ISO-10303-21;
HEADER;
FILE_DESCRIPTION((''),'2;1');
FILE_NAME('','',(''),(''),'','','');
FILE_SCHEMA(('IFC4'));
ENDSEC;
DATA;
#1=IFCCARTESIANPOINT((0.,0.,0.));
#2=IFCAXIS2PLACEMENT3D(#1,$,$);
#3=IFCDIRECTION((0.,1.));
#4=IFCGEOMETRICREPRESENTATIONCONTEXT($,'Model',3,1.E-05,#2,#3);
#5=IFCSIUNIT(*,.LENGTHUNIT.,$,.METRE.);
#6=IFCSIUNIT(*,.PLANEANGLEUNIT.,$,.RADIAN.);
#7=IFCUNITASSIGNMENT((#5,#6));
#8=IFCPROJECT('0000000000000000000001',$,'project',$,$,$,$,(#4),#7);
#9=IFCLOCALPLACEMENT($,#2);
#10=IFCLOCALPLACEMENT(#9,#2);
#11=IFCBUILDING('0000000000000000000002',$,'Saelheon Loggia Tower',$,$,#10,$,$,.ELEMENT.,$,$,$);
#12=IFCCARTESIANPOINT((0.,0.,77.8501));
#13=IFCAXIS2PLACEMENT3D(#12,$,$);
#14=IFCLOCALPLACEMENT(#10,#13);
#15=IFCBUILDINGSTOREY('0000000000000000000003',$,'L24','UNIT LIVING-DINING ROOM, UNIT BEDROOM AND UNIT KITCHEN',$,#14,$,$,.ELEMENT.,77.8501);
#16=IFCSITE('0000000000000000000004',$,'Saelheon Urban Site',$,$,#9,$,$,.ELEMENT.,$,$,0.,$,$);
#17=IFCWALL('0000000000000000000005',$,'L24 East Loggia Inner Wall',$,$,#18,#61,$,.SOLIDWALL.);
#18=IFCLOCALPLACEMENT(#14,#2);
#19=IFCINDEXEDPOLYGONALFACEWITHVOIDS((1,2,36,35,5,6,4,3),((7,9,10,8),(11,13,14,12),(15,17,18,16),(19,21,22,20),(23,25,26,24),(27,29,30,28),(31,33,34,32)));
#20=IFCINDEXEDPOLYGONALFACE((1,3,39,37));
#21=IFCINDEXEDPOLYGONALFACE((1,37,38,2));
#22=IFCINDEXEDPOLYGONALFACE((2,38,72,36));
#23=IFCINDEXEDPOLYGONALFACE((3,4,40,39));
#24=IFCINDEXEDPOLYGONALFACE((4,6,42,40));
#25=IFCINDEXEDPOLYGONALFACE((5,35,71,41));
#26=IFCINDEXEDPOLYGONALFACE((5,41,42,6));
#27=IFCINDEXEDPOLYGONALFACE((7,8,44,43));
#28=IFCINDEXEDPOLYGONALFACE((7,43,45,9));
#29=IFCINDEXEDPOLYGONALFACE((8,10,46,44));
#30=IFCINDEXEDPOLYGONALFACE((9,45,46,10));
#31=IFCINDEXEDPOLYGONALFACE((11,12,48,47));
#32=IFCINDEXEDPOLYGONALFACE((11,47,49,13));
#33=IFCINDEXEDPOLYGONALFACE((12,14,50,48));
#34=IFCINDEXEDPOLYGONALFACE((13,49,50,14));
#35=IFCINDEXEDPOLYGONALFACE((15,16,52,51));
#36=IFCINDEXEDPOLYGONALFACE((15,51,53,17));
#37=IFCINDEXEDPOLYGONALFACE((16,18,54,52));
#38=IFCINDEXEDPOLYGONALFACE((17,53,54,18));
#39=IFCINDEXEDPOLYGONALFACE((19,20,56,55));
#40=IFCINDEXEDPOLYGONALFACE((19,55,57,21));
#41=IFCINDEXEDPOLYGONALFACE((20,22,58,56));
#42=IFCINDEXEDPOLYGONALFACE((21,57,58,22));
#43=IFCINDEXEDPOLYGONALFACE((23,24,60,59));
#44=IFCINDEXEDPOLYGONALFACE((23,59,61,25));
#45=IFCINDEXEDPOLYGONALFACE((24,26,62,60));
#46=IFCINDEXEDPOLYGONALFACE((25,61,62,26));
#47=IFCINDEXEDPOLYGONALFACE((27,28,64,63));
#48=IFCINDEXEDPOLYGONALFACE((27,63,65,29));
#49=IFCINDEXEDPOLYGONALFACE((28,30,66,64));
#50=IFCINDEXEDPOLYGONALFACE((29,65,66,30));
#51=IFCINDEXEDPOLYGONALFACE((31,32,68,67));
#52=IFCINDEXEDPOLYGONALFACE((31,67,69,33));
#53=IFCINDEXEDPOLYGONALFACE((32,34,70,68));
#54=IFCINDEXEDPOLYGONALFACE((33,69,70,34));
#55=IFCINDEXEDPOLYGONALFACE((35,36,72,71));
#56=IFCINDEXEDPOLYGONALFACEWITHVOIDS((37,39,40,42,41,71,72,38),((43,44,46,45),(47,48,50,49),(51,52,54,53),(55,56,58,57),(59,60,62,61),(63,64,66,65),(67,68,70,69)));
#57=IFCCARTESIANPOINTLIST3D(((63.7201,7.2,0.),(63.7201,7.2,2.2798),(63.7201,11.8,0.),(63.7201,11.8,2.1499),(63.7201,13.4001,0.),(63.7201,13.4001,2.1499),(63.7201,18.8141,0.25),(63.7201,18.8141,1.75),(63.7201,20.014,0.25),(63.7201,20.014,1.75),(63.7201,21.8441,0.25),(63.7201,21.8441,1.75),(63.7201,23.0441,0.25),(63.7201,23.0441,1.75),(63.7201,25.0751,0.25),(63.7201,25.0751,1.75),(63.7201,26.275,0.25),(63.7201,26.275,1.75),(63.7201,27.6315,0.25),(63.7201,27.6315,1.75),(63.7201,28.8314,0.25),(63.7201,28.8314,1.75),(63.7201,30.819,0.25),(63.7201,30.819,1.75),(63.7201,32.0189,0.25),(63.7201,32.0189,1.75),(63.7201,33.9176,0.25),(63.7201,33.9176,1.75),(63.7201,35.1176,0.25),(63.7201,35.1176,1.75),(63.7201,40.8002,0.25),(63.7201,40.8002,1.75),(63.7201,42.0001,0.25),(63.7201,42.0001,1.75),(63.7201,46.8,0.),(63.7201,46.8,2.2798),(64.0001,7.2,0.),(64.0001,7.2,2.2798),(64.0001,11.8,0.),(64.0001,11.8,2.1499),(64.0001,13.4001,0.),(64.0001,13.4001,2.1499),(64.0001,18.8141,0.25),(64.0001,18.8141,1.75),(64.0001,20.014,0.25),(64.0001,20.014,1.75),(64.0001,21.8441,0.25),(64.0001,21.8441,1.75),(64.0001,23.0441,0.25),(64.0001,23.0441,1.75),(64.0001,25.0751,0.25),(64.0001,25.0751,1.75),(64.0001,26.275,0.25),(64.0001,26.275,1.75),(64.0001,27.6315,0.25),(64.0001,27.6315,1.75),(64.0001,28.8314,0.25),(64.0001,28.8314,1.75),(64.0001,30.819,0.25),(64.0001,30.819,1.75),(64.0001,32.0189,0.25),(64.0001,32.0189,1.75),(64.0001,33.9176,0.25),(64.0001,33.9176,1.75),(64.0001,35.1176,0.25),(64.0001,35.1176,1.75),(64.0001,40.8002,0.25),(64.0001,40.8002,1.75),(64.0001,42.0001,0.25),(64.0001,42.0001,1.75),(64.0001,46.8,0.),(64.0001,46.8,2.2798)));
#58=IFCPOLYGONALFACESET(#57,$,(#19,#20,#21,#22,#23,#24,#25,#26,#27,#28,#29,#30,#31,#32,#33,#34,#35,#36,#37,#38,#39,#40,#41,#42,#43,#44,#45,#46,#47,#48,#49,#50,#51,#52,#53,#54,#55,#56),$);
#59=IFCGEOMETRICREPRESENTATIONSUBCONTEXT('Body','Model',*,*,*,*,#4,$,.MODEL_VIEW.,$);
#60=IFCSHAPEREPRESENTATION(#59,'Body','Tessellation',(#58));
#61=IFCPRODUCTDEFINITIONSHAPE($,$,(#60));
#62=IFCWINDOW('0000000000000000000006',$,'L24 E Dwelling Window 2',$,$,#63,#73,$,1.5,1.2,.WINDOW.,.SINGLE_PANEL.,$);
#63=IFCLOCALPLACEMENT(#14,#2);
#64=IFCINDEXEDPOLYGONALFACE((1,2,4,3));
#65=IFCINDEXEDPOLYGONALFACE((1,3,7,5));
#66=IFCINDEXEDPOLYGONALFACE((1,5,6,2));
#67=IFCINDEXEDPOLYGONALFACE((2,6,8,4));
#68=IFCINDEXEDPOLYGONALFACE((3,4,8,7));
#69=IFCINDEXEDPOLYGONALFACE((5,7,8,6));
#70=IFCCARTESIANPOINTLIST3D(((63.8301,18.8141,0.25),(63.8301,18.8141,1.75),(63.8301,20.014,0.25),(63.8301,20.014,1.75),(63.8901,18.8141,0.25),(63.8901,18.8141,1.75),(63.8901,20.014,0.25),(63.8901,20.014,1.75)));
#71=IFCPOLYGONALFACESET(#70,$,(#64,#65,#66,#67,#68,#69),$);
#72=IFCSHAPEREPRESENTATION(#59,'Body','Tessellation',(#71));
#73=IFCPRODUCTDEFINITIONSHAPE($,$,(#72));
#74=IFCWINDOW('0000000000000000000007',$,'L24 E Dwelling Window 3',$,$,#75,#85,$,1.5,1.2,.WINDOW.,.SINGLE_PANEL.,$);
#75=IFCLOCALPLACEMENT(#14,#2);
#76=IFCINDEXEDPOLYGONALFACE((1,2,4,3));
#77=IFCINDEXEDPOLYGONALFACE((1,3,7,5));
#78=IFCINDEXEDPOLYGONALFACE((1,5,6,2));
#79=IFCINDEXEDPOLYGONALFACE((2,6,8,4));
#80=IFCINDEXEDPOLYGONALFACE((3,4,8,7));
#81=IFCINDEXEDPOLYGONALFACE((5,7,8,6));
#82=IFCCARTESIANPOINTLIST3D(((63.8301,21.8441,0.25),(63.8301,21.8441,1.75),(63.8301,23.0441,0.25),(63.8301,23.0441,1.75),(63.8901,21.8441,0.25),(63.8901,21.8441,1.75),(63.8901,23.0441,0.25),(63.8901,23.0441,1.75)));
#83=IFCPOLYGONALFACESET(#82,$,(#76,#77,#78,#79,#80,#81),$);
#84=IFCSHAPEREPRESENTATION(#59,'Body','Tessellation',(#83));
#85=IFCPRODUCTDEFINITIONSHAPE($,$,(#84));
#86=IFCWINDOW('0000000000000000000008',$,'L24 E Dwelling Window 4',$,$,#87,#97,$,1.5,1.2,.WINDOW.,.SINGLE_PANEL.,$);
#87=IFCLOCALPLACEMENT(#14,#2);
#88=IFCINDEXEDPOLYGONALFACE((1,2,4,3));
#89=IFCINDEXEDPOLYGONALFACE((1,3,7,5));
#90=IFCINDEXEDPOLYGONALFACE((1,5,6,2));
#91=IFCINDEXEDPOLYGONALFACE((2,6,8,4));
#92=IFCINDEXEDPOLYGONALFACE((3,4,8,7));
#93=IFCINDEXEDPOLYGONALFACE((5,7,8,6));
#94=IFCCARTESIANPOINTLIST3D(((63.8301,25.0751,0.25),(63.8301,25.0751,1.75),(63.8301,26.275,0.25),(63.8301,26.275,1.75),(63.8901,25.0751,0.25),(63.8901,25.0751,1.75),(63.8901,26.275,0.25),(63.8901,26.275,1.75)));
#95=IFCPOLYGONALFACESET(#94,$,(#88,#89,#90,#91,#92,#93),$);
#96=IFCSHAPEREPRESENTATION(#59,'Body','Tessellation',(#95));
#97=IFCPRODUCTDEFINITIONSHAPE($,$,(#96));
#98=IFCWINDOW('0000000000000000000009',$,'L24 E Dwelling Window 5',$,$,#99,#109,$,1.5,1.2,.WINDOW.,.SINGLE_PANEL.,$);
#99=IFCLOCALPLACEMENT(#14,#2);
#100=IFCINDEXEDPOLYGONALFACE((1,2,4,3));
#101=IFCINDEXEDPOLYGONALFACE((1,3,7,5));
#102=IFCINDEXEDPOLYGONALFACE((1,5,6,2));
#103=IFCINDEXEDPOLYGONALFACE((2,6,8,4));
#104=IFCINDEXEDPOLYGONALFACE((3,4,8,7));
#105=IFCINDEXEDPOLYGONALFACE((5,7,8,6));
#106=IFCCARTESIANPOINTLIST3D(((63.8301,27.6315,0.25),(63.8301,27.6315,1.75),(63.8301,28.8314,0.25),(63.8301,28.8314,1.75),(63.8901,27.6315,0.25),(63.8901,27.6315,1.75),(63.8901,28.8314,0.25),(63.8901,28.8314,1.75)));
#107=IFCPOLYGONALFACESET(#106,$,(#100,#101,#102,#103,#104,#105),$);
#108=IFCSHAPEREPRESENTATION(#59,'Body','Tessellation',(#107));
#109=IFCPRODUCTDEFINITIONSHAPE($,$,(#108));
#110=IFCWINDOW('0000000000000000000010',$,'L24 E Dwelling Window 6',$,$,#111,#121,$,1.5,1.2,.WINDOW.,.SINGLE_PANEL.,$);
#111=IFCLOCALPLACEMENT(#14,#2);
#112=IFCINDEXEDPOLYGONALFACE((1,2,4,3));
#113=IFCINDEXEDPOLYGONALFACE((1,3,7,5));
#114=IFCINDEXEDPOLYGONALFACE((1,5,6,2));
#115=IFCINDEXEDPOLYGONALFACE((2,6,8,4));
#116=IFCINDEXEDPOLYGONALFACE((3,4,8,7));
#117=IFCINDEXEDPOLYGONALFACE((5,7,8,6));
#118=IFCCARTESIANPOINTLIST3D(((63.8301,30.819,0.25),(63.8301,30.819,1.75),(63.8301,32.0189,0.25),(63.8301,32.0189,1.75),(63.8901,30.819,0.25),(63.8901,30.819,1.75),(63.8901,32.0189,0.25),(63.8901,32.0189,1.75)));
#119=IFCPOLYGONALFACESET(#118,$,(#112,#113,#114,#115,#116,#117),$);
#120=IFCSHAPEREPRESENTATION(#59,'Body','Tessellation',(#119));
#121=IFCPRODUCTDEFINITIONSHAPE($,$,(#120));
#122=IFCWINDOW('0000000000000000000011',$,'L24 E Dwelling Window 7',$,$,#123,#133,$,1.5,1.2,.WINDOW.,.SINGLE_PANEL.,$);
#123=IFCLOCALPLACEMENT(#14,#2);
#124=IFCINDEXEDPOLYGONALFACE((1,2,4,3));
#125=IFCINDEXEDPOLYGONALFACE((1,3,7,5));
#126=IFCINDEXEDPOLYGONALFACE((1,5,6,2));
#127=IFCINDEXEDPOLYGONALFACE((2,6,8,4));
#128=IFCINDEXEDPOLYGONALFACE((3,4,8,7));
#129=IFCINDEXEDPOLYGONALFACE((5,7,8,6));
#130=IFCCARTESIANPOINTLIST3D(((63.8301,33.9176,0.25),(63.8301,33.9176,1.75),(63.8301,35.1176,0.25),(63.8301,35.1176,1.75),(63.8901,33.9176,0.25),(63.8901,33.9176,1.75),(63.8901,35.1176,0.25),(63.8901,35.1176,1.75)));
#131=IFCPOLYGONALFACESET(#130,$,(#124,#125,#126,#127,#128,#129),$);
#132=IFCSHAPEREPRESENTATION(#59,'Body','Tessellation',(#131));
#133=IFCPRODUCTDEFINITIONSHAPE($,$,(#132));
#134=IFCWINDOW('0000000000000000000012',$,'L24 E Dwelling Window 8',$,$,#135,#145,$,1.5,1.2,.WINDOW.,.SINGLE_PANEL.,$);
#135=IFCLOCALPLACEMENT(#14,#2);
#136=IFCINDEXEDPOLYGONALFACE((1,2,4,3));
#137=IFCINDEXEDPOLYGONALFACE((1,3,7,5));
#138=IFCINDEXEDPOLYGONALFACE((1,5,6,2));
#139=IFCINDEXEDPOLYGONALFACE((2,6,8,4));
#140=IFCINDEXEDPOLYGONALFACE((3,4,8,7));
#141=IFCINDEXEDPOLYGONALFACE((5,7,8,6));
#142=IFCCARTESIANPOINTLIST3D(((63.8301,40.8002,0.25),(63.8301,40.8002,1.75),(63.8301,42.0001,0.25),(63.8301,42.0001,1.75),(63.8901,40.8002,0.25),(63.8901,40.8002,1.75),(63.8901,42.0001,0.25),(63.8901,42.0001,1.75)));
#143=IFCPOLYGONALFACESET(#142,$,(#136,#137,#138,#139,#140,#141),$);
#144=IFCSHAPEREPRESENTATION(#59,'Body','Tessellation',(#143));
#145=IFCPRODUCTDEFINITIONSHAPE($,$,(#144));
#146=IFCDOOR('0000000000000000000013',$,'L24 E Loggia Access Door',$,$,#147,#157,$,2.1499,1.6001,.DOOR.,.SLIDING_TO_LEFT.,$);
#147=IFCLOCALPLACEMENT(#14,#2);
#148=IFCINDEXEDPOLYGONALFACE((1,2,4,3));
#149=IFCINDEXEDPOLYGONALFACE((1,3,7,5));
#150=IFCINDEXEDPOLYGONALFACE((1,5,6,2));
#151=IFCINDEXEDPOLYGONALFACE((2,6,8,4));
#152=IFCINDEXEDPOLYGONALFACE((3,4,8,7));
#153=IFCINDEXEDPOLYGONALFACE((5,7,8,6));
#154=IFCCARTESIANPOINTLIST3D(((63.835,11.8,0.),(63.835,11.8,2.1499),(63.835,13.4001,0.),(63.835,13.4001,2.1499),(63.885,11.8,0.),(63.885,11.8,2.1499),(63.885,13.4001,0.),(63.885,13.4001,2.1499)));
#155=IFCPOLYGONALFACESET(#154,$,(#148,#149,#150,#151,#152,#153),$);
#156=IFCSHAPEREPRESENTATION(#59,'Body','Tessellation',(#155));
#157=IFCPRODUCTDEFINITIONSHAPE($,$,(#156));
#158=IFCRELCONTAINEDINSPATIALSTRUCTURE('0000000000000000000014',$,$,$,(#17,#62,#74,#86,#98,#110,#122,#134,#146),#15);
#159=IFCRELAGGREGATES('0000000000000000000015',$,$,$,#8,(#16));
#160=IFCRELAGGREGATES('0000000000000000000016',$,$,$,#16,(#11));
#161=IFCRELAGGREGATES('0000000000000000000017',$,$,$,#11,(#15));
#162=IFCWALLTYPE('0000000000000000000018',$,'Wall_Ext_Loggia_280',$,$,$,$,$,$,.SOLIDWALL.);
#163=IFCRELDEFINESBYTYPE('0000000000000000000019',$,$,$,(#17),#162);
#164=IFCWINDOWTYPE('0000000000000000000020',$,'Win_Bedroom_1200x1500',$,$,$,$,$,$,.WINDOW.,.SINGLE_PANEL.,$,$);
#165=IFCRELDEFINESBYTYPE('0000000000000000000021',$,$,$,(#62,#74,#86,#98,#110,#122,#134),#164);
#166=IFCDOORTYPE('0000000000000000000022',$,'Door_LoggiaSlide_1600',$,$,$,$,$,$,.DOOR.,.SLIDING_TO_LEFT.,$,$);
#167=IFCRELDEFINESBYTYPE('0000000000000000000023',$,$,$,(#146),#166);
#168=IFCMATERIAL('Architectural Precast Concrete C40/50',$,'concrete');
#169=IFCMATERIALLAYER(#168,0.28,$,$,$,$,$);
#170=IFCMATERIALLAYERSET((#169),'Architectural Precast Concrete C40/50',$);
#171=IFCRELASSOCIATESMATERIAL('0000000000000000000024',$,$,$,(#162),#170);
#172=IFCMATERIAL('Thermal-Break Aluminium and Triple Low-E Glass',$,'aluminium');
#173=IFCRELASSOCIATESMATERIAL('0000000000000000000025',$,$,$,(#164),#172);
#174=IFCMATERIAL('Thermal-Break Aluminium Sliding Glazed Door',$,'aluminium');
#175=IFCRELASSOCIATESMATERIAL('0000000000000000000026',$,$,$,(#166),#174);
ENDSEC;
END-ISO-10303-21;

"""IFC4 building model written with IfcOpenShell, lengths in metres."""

from ifc_helpers import new_model, si_unit, direction, frame, frame_2d, origin, place, context, subcontext, project, spatial, rectangle, extrude, source, transform, mapped, material, layer, layer_set, type_object, element, fill, save


model = new_model("IFC4")

# Units and contexts
model_context = context("Model", 3, precision=1e-05, world=origin(), true_north=direction((0.0, 1.0)))
body_context = subcontext(model_context, "Body", "Model", "MODEL_VIEW")
ifc_project = project(units=[si_unit("LENGTHUNIT", "METRE"), si_unit("PLANEANGLEUNIT", "RADIAN")], contexts=[model_context])

# Site, building, storey
site_placement = place(None, origin())
site = spatial("IfcSite", under=ifc_project, at=site_placement, Name="Saelheon Urban Site", CompositionType="ELEMENT", RefElevation=0.0)
building_placement = place(site_placement, origin())
building = spatial("IfcBuilding", under=site, at=building_placement, Name="Saelheon Loggia Tower", CompositionType="ELEMENT")
storey_placement = place(building_placement, frame((0.0, 0.0, 77.8501)))
storey = spatial("IfcBuildingStorey", under=building, at=storey_placement, Name="L24", Description="UNIT LIVING-DINING ROOM, UNIT BEDROOM AND UNIT KITCHEN", CompositionType="ELEMENT", Elevation=77.8501)

# Wall, openings, windows, door
ifc_material_1 = material(Name="Architectural Precast Concrete C40/50", Category="concrete")
ifc_layer = layer(ifc_material_1, 0.28)
ifc_layer_set = layer_set([ifc_layer], Name="Architectural Precast Concrete C40/50")
wall_type = type_object("IfcWallType", Name="Wall_Ext_Loggia_280", PredefinedType="SOLIDWALL", material=ifc_layer_set)
wall_placement = place(storey_placement, frame((63.8601, 7.2, 0.0), z_axis=(0.0, 0.0, 1.0), x_axis=(0.0, 1.0, 0.0)))
wall = element("IfcWall", 1, at=wall_placement, inside=storey, type_object=wall_type, Name="L24 East Loggia Inner Wall", PredefinedType="SOLIDWALL", context=body_context, shape_type="SweptSolid", body=[
    extrude(rectangle(XDim=39.6001, YDim=0.28, at=frame_2d((19.8, 0.0))), origin(), (0.0, 0.0, 1.0), 2.2798),
])
opening_1_placement = place(wall_placement, frame((6.2002, 0.0, 0.0), z_axis=(0.0, 0.0, 1.0), x_axis=(-1.0, 0.0, 0.0)))
opening_1 = element("IfcOpeningElement", 2, at=opening_1_placement, cuts=wall, PredefinedType="OPENING", context=body_context, shape_type="SweptSolid", body=[
    extrude(rectangle(XDim=1.6001, YDim=2.1499, at=frame_2d((0.8, 1.075))), frame((0.0, 0.1521, 0.0), z_axis=(0.0, -1.0, 0.0), x_axis=(1.0, 0.0, 0.0)), (0.0, 0.0, 1.0), 0.304),
])
opening_2_placement = place(wall_placement, frame((11.614, 0.0, 0.25)))
opening_2 = element("IfcOpeningElement", 3, at=opening_2_placement, cuts=wall, PredefinedType="OPENING", context=body_context, shape_type="SweptSolid", body=[
    extrude(rectangle(XDim=1.2, YDim=1.5, at=frame_2d((0.6001, 0.75))), frame((0.0, 0.1521, 0.0), z_axis=(0.0, -1.0, 0.0), x_axis=(1.0, 0.0, 0.0)), (0.0, 0.0, 1.0), 0.304),
])
opening_3_placement = place(wall_placement, frame((14.644, 0.0, 0.25)))
opening_3 = element("IfcOpeningElement", 4, at=opening_3_placement, cuts=wall, PredefinedType="OPENING", context=body_context, shape_type="SweptSolid", body=[
    extrude(rectangle(XDim=1.2, YDim=1.5, at=frame_2d((0.6001, 0.75))), frame((0.0, 0.1521, 0.0), z_axis=(0.0, -1.0, 0.0), x_axis=(1.0, 0.0, 0.0)), (0.0, 0.0, 1.0), 0.304),
])
opening_4_placement = place(wall_placement, frame((17.875, 0.0, 0.25)))
opening_4 = element("IfcOpeningElement", 5, at=opening_4_placement, cuts=wall, PredefinedType="OPENING", context=body_context, shape_type="SweptSolid", body=[
    extrude(rectangle(XDim=1.2, YDim=1.5, at=frame_2d((0.6001, 0.75))), frame((0.0, 0.1521, 0.0), z_axis=(0.0, -1.0, 0.0), x_axis=(1.0, 0.0, 0.0)), (0.0, 0.0, 1.0), 0.304),
])
opening_5_placement = place(wall_placement, frame((20.4314, 0.0, 0.25)))
opening_5 = element("IfcOpeningElement", 6, at=opening_5_placement, cuts=wall, PredefinedType="OPENING", context=body_context, shape_type="SweptSolid", body=[
    extrude(rectangle(XDim=1.2, YDim=1.5, at=frame_2d((0.6001, 0.75))), frame((0.0, 0.1521, 0.0), z_axis=(0.0, -1.0, 0.0), x_axis=(1.0, 0.0, 0.0)), (0.0, 0.0, 1.0), 0.304),
])
opening_6_placement = place(wall_placement, frame((23.6189, 0.0, 0.25)))
opening_6 = element("IfcOpeningElement", 7, at=opening_6_placement, cuts=wall, PredefinedType="OPENING", context=body_context, shape_type="SweptSolid", body=[
    extrude(rectangle(XDim=1.2, YDim=1.5, at=frame_2d((0.6001, 0.75))), frame((0.0, 0.1521, 0.0), z_axis=(0.0, -1.0, 0.0), x_axis=(1.0, 0.0, 0.0)), (0.0, 0.0, 1.0), 0.304),
])
opening_7_placement = place(wall_placement, frame((26.7175, 0.0, 0.25)))
opening_7 = element("IfcOpeningElement", 8, at=opening_7_placement, cuts=wall, PredefinedType="OPENING", context=body_context, shape_type="SweptSolid", body=[
    extrude(rectangle(XDim=1.2, YDim=1.5, at=frame_2d((0.6001, 0.75))), frame((0.0, 0.1521, 0.0), z_axis=(0.0, -1.0, 0.0), x_axis=(1.0, 0.0, 0.0)), (0.0, 0.0, 1.0), 0.304),
])
opening_8_placement = place(wall_placement, frame((33.6001, 0.0, 0.25)))
opening_8 = element("IfcOpeningElement", 9, at=opening_8_placement, cuts=wall, PredefinedType="OPENING", context=body_context, shape_type="SweptSolid", body=[
    extrude(rectangle(XDim=1.2, YDim=1.5, at=frame_2d((0.6001, 0.75))), frame((0.0, 0.1521, 0.0), z_axis=(0.0, -1.0, 0.0), x_axis=(1.0, 0.0, 0.0)), (0.0, 0.0, 1.0), 0.304),
])
ifc_material_2 = material(Name="Thermal-Break Aluminium and Triple Low-E Glass", Category="aluminium")
window_type = type_object("IfcWindowType", Name="Win_Bedroom_1200x1500", PartitioningType="SINGLE_PANEL", PredefinedType="WINDOW", material=ifc_material_2)
shared_shape_1 = source(origin(), body_context, "Body", "SweptSolid", [
    extrude(rectangle(XDim=1.2, YDim=1.5, at=frame_2d((0.6001, 0.75))), frame((0.0, 0.03, 0.0), z_axis=(0.0, -1.0, 0.0), x_axis=(1.0, 0.0, 0.0)), (0.0, 0.0, 1.0), 0.0601),
])
window_1_placement = place(opening_2_placement, origin())
window_1 = element("IfcWindow", 10, at=window_1_placement, inside=storey, type_object=window_type, Name="L24 E Dwelling Window 2", OverallHeight=1.5, OverallWidth=1.2, PartitioningType="SINGLE_PANEL", PredefinedType="WINDOW", context=body_context, shape_type="MappedRepresentation", body=[
    mapped(shared_shape_1, transform((0.0, 0.0, 0.0), scale=1.0)),
])
fill(opening_2, window_1)
window_2_placement = place(opening_3_placement, origin())
window_2 = element("IfcWindow", 11, at=window_2_placement, inside=storey, type_object=window_type, Name="L24 E Dwelling Window 3", OverallHeight=1.5, OverallWidth=1.2, PartitioningType="SINGLE_PANEL", PredefinedType="WINDOW", context=body_context, shape_type="MappedRepresentation", body=[
    mapped(shared_shape_1, transform((0.0, 0.0, 0.0), scale=1.0)),
])
fill(opening_3, window_2)
window_3_placement = place(opening_4_placement, origin())
window_3 = element("IfcWindow", 12, at=window_3_placement, inside=storey, type_object=window_type, Name="L24 E Dwelling Window 4", OverallHeight=1.5, OverallWidth=1.2, PartitioningType="SINGLE_PANEL", PredefinedType="WINDOW", context=body_context, shape_type="MappedRepresentation", body=[
    mapped(shared_shape_1, transform((0.0, 0.0, 0.0), scale=1.0)),
])
fill(opening_4, window_3)
window_4_placement = place(opening_5_placement, origin())
window_4 = element("IfcWindow", 13, at=window_4_placement, inside=storey, type_object=window_type, Name="L24 E Dwelling Window 5", OverallHeight=1.5, OverallWidth=1.2, PartitioningType="SINGLE_PANEL", PredefinedType="WINDOW", context=body_context, shape_type="MappedRepresentation", body=[
    mapped(shared_shape_1, transform((0.0, 0.0, 0.0), scale=1.0)),
])
fill(opening_5, window_4)
window_5_placement = place(opening_6_placement, origin())
window_5 = element("IfcWindow", 14, at=window_5_placement, inside=storey, type_object=window_type, Name="L24 E Dwelling Window 6", OverallHeight=1.5, OverallWidth=1.2, PartitioningType="SINGLE_PANEL", PredefinedType="WINDOW", context=body_context, shape_type="MappedRepresentation", body=[
    mapped(shared_shape_1, transform((0.0, 0.0, 0.0), scale=1.0)),
])
fill(opening_6, window_5)
window_6_placement = place(opening_7_placement, origin())
window_6 = element("IfcWindow", 15, at=window_6_placement, inside=storey, type_object=window_type, Name="L24 E Dwelling Window 7", OverallHeight=1.5, OverallWidth=1.2, PartitioningType="SINGLE_PANEL", PredefinedType="WINDOW", context=body_context, shape_type="MappedRepresentation", body=[
    mapped(shared_shape_1, transform((0.0, 0.0, 0.0), scale=1.0)),
])
fill(opening_7, window_6)
window_7_placement = place(opening_8_placement, origin())
window_7 = element("IfcWindow", 16, at=window_7_placement, inside=storey, type_object=window_type, Name="L24 E Dwelling Window 8", OverallHeight=1.5, OverallWidth=1.2, PartitioningType="SINGLE_PANEL", PredefinedType="WINDOW", context=body_context, shape_type="MappedRepresentation", body=[
    mapped(shared_shape_1, transform((0.0, 0.0, 0.0), scale=1.0)),
])
fill(opening_8, window_7)
ifc_material_3 = material(Name="Thermal-Break Aluminium Sliding Glazed Door", Category="aluminium")
door_type = type_object("IfcDoorType", Name="Door_LoggiaSlide_1600", OperationType="SLIDING_TO_LEFT", PredefinedType="DOOR", material=ifc_material_3)
shared_shape_2 = source(origin(), body_context, "Body", "SweptSolid", [
    extrude(rectangle(XDim=1.6001, YDim=2.1499, at=frame_2d((0.8, 1.075))), frame((0.0, 0.0249, 0.0), z_axis=(0.0, -1.0, 0.0), x_axis=(1.0, 0.0, 0.0)), (0.0, 0.0, 1.0), 0.05),
])
door_placement = place(opening_1_placement, origin())
door = element("IfcDoor", 17, at=door_placement, inside=storey, type_object=door_type, Name="L24 E Loggia Access Door", OperationType="SLIDING_TO_LEFT", OverallHeight=2.1499, OverallWidth=1.6001, PredefinedType="DOOR", context=body_context, shape_type="MappedRepresentation", body=[
    mapped(shared_shape_2, transform((0.0, 0.0, 0.0), scale=1.0)),
])
fill(opening_1, door)

save(model, "model.ifc")
